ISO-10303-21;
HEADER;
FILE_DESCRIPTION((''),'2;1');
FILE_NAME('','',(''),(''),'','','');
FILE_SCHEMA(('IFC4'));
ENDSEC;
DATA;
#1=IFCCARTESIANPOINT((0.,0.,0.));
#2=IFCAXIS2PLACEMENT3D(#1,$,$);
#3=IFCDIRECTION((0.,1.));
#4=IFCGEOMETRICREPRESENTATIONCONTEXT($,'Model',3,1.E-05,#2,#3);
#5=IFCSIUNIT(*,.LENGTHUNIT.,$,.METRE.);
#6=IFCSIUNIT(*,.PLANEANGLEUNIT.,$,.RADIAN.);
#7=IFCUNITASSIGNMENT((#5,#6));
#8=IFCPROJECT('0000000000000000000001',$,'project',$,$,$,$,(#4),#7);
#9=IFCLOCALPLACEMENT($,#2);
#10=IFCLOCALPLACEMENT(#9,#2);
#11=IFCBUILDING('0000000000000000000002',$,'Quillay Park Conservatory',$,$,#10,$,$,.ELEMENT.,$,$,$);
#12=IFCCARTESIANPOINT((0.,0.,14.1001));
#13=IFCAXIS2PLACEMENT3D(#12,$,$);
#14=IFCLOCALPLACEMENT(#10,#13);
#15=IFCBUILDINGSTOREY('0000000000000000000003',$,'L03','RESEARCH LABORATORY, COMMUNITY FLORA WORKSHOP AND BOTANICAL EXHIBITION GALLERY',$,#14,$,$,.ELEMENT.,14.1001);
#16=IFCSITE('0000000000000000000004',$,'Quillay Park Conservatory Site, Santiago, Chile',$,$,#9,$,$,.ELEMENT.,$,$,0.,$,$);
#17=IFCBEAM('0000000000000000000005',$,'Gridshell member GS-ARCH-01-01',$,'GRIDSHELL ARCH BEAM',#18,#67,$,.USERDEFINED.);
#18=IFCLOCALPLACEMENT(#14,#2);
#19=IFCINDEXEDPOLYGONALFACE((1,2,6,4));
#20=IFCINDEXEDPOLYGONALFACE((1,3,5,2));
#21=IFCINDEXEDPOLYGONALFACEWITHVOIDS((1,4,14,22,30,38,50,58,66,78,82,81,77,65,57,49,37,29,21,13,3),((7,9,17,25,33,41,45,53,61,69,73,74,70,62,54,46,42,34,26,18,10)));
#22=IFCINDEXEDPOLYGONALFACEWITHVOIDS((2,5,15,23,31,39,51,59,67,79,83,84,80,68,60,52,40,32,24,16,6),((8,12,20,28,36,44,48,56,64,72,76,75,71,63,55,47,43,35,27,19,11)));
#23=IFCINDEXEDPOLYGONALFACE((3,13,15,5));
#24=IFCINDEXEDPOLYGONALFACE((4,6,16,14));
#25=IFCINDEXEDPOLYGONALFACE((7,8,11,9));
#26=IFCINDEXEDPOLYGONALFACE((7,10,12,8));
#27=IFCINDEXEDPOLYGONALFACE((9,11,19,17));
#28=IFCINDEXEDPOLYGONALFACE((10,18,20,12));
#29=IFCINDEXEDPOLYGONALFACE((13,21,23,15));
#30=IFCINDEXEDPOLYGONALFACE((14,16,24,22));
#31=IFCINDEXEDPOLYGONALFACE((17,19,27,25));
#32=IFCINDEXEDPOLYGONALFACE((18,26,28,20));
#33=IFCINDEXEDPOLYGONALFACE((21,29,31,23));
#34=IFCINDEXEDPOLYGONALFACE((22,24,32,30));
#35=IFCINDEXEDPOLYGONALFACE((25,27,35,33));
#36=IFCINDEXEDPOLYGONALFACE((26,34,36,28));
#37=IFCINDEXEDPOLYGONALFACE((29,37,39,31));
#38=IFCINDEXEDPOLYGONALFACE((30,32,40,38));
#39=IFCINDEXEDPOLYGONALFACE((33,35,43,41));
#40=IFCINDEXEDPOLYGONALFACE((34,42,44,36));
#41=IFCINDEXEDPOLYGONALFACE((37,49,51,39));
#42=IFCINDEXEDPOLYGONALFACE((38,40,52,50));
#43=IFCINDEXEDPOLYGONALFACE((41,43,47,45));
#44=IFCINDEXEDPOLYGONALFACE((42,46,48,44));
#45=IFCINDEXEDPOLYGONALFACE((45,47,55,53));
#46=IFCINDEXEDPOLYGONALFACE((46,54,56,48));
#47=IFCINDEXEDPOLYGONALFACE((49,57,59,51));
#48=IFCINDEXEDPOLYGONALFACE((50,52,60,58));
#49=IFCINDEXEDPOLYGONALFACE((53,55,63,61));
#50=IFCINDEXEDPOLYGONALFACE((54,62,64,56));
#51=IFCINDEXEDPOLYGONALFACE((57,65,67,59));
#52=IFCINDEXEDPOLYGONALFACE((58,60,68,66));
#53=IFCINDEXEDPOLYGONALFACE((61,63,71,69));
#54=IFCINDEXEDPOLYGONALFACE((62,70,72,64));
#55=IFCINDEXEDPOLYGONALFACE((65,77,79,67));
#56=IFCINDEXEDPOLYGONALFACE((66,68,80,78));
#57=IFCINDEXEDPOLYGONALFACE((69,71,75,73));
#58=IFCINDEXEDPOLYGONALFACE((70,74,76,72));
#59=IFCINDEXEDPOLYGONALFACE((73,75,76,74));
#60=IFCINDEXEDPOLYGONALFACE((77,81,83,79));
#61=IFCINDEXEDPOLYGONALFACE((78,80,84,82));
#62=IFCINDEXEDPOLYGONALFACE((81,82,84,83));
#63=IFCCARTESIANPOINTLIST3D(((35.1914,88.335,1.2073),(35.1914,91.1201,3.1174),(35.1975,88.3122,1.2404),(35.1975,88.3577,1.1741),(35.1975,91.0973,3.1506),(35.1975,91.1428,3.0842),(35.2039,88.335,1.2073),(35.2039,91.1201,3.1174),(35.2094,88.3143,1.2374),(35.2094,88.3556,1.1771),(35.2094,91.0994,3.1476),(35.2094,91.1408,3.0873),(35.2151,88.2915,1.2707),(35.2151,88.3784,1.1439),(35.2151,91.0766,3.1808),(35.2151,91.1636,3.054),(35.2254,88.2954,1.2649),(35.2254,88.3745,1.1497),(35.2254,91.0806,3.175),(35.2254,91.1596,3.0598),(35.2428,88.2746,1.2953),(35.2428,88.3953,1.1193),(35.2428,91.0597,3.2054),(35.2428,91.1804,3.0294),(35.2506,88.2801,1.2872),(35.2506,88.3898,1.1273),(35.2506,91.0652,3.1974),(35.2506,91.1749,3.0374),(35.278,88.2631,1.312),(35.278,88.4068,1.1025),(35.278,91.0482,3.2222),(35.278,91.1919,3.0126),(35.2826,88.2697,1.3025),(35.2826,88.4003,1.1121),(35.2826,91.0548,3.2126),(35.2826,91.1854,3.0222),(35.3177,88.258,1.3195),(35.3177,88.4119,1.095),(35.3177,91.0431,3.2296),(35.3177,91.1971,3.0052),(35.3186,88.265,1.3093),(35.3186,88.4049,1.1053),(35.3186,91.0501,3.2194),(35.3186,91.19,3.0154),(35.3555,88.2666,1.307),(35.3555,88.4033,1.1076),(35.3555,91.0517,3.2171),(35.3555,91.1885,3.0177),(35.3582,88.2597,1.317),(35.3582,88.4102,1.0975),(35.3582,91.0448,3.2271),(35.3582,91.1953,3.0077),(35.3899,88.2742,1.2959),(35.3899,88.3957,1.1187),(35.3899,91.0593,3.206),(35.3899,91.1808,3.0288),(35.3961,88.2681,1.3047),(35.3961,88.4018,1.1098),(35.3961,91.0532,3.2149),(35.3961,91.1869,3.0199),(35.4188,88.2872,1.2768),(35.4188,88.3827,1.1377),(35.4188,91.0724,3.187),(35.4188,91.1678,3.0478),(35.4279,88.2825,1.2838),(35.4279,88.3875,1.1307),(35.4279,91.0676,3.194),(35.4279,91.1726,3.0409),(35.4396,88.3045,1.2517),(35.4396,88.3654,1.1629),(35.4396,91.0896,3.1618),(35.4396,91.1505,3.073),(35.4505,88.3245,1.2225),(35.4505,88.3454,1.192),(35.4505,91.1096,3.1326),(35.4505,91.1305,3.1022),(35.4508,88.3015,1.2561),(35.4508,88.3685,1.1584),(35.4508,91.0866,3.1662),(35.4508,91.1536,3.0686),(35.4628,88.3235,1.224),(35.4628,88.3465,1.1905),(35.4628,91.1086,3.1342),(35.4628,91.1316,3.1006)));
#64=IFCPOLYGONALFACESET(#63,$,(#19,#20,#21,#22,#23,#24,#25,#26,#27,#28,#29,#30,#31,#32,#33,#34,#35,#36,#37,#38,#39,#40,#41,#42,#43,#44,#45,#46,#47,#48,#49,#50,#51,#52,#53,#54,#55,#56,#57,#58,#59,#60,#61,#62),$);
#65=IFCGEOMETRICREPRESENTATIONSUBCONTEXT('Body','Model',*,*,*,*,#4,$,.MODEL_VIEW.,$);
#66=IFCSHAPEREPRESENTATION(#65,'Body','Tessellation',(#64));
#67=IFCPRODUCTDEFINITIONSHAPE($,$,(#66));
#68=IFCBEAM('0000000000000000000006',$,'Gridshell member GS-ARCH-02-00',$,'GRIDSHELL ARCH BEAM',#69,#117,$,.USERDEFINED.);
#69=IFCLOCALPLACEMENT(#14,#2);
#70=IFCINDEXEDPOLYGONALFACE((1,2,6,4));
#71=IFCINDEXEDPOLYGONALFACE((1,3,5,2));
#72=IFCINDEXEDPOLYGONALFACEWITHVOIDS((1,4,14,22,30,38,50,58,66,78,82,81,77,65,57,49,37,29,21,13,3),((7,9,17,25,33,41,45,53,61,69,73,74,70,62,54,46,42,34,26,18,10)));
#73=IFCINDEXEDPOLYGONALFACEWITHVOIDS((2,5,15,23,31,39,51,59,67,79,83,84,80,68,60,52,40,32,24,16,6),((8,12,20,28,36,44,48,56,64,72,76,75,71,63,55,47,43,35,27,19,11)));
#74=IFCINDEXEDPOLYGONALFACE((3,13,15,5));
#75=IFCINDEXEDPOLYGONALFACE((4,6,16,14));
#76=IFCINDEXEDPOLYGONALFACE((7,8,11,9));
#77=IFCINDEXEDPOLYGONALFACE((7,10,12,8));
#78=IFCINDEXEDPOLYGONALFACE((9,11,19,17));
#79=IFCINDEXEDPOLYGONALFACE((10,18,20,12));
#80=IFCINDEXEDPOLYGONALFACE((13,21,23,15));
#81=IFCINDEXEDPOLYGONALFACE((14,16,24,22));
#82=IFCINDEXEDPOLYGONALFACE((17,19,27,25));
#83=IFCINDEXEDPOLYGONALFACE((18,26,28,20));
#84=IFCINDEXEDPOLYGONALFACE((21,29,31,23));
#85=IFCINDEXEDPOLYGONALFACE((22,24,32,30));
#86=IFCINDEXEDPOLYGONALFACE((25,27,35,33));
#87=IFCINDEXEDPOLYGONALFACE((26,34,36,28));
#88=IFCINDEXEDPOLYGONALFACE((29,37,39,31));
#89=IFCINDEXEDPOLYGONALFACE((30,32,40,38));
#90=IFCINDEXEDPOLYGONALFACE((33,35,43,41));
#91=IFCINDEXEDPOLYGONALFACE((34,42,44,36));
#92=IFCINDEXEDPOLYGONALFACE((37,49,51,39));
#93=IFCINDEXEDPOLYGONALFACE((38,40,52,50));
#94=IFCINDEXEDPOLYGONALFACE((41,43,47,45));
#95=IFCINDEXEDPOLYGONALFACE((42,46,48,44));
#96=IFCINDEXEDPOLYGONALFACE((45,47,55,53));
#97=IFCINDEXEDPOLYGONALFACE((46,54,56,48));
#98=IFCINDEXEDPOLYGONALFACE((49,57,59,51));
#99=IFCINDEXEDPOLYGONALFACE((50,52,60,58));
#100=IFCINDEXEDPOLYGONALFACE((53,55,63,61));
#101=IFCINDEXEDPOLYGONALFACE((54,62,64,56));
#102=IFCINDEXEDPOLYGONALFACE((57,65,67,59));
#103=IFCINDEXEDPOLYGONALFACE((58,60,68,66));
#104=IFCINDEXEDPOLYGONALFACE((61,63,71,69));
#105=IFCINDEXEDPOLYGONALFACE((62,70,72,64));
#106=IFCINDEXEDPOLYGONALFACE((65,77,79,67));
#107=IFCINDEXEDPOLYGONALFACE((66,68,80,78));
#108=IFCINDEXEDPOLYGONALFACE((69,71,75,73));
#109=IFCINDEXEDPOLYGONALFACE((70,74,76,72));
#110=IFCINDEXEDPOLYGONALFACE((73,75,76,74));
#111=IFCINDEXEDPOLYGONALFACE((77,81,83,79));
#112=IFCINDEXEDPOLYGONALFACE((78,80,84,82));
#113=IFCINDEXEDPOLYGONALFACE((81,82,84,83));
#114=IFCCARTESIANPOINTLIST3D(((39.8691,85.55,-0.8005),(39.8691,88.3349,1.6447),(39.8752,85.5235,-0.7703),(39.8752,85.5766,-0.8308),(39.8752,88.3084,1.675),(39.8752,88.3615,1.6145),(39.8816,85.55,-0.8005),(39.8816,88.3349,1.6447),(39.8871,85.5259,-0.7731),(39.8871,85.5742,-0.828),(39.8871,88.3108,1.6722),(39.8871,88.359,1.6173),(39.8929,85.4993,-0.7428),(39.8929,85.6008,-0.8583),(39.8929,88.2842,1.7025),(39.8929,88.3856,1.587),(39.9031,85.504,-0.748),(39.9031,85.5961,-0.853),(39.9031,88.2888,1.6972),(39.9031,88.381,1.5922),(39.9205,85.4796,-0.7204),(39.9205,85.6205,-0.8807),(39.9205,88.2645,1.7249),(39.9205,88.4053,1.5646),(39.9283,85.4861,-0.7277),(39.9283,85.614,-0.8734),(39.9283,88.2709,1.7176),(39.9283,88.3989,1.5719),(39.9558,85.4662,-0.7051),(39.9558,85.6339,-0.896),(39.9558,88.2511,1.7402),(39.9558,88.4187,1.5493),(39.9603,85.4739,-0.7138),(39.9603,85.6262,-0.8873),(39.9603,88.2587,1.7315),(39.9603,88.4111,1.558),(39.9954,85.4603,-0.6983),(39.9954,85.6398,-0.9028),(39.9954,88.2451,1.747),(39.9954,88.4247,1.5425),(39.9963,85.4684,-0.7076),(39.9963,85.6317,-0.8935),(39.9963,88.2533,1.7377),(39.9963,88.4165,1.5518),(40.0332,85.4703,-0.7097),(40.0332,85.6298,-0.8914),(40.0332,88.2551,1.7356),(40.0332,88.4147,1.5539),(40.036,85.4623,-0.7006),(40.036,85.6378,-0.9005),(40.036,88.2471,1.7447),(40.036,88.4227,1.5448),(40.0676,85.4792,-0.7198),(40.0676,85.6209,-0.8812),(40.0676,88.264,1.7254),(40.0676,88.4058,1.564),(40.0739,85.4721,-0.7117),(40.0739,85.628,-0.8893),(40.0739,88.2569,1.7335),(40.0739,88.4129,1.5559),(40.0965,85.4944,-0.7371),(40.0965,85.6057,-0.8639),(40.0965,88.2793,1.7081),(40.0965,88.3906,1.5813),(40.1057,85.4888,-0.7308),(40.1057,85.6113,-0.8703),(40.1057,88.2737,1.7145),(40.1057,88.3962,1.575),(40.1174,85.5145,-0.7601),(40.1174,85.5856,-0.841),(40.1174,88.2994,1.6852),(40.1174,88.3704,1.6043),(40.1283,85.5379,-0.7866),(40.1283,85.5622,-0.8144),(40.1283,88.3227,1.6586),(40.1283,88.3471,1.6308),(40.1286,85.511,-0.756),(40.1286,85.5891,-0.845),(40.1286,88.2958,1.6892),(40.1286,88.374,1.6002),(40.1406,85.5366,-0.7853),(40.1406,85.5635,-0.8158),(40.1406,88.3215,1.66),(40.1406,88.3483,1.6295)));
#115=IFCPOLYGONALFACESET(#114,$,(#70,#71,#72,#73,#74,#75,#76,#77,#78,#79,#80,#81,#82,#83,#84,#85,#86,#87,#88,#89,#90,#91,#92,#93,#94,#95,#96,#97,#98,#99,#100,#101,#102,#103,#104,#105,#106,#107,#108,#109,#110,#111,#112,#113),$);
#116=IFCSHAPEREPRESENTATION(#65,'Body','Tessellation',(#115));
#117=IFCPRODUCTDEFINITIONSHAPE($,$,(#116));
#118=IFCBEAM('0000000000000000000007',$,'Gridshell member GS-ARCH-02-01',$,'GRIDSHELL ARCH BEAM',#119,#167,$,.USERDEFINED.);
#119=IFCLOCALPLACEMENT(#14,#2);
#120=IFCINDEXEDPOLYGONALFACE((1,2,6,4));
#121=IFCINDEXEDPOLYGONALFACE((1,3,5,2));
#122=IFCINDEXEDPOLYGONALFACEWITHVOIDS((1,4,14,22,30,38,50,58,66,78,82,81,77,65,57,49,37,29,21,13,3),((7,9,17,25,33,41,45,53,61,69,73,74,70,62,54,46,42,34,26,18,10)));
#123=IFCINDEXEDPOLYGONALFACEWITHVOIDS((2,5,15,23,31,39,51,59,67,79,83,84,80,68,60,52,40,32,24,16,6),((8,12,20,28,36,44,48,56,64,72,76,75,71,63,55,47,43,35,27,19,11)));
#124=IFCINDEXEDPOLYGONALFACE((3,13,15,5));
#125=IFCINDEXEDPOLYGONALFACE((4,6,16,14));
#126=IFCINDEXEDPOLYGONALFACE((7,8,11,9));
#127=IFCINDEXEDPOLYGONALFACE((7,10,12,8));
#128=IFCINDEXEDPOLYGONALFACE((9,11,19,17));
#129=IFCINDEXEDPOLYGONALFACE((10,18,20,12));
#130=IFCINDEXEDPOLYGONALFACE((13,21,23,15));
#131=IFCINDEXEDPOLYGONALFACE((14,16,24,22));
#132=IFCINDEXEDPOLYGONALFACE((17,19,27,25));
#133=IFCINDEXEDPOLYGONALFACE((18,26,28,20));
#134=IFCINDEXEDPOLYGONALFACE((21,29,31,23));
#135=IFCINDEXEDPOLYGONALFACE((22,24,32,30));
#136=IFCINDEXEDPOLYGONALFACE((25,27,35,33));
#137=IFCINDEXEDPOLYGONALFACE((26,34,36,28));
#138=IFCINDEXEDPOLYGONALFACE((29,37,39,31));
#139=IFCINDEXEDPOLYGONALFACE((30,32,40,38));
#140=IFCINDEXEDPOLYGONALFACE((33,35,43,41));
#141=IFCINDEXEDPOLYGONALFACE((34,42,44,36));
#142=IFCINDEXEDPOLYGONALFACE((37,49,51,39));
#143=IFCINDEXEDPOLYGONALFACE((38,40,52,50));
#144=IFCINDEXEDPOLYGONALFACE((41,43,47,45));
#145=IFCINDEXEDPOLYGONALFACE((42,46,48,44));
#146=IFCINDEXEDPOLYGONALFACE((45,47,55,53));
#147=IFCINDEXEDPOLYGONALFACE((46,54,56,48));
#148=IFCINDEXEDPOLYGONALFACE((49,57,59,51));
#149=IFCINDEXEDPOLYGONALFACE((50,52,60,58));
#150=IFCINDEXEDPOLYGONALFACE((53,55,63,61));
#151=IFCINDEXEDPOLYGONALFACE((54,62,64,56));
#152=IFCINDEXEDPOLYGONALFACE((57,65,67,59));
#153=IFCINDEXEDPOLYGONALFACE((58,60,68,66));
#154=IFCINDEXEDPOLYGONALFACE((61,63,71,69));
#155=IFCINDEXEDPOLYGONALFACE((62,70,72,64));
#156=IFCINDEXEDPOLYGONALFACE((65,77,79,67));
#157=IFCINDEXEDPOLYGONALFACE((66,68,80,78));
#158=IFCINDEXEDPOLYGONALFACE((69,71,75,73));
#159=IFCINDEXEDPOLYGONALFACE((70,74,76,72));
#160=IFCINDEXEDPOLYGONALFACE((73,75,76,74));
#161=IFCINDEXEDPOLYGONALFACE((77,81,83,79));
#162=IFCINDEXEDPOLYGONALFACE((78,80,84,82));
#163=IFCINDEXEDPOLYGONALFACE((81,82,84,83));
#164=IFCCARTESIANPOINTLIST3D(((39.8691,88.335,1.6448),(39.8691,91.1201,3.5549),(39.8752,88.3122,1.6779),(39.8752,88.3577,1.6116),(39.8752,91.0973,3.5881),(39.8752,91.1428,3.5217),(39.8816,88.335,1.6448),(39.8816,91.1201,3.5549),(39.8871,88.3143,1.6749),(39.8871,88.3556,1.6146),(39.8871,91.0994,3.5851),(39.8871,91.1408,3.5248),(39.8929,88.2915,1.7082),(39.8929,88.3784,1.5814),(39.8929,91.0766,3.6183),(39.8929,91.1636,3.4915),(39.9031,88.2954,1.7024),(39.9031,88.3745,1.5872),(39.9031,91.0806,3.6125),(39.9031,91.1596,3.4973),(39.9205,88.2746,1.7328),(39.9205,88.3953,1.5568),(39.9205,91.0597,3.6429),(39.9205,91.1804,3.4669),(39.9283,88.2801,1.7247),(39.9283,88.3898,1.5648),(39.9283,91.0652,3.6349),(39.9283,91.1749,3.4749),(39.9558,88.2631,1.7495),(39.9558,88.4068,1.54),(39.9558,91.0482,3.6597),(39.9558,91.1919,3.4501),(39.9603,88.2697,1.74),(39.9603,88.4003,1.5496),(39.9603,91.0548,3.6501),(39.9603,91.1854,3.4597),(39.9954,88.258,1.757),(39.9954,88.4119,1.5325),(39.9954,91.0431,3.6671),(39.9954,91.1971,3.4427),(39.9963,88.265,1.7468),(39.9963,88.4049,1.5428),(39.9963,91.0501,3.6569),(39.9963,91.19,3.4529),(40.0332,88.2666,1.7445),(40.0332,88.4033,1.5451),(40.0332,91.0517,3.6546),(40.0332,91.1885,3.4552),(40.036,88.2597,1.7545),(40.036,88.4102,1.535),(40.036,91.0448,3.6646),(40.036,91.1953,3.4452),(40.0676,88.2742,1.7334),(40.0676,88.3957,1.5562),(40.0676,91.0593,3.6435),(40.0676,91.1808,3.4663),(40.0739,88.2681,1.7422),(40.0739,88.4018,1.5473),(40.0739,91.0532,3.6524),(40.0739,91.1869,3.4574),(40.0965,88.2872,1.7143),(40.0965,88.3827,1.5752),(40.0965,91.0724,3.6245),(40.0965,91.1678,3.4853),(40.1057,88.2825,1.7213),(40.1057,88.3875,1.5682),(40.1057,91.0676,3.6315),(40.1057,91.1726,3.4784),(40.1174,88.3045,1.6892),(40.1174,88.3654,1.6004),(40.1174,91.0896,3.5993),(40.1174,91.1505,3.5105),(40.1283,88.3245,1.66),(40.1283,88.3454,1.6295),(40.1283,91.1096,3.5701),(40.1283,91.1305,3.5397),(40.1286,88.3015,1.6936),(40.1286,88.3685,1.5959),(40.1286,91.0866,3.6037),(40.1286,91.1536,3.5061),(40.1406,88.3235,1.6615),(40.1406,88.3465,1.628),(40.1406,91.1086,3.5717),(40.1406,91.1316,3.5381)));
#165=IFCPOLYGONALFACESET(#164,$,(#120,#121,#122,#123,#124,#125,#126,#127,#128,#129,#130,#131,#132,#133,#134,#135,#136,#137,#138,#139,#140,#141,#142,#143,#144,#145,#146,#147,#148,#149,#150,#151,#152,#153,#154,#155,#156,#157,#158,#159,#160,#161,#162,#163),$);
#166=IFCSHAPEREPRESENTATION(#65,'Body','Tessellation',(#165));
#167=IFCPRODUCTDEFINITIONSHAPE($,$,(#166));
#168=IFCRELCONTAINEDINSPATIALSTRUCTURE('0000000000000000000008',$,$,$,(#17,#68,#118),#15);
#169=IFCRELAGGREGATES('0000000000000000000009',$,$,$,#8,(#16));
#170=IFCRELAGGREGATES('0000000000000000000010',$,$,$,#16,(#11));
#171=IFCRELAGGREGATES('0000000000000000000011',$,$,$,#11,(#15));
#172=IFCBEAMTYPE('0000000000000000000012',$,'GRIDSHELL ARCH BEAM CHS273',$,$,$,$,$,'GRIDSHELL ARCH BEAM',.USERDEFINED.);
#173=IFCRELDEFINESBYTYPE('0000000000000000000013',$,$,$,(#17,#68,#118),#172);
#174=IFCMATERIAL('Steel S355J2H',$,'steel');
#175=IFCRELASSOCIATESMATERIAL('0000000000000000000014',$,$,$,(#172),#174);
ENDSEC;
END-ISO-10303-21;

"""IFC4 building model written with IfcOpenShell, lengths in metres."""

from ifc_helpers import new_model, si_unit, direction, frame, origin, origin_2d, place, context, subcontext, project, spatial, hollow_circle, extrude, material, material_profile, profile_set, type_object, element, save


model = new_model("IFC4")

# Units and contexts
model_context = context("Model", 3, precision=1e-05, world=origin(), true_north=direction((0.0, 1.0)))
body_context = subcontext(model_context, "Body", "Model", "MODEL_VIEW")
ifc_project = project(units=[si_unit("LENGTHUNIT", "METRE"), si_unit("PLANEANGLEUNIT", "RADIAN")], contexts=[model_context])

# Site, building, storey
site_placement = place(None, origin())
site = spatial("IfcSite", under=ifc_project, at=site_placement, Name="Quillay Park Conservatory Site, Santiago, Chile", CompositionType="ELEMENT", RefElevation=0.0)
building_placement = place(site_placement, origin())
building = spatial("IfcBuilding", under=site, at=building_placement, Name="Quillay Park Conservatory", CompositionType="ELEMENT")
storey_placement = place(building_placement, frame((0.0, 0.0, 14.1001)))
storey = spatial("IfcBuildingStorey", under=building, at=storey_placement, Name="L03", Description="RESEARCH LABORATORY, COMMUNITY FLORA WORKSHOP AND BOTANICAL EXHIBITION GALLERY", CompositionType="ELEMENT", Elevation=14.1001)

# Beams
ifc_material_1 = material(Name="Steel S355J2H", Category="steel")
ifc_material_profile_1 = material_profile(ifc_material_1, hollow_circle(Radius=0.1365, WallThickness=0.0125, at=origin_2d()), Name="CHS273x12.5")
ifc_profile_set_1 = profile_set([ifc_material_profile_1], Name="Steel S355J2H")
beam_type = type_object("IfcBeamType", Name="GRIDSHELL ARCH BEAM CHS273", ElementType="GRIDSHELL ARCH BEAM", PredefinedType="USERDEFINED", material=ifc_profile_set_1)
beam_1_placement = place(storey_placement, frame((35.3279, 88.335, 1.2073), z_axis=(0.0, 0.824683, 0.565596), x_axis=(-1.0, 0.0, 0.0)))
element("IfcBeam", 1, at=beam_1_placement, inside=storey, type_object=beam_type, Name="Gridshell member GS-ARCH-01-01", ObjectType="GRIDSHELL ARCH BEAM", PredefinedType="USERDEFINED", context=body_context, shape_type="SweptSolid", body=[
    extrude(hollow_circle(Radius=0.1365, WallThickness=0.0125, at=origin_2d()), origin(), (0.0, 0.0, 1.0), 3.3772),
])
beam_2_placement = place(storey_placement, frame((40.0056, 85.55, -0.8005), z_axis=(0.0, 0.751437, 0.659805), x_axis=(-1.0, 0.0, 0.0)))
element("IfcBeam", 2, at=beam_2_placement, inside=storey, type_object=beam_type, Name="Gridshell member GS-ARCH-02-00", ObjectType="GRIDSHELL ARCH BEAM", PredefinedType="USERDEFINED", context=body_context, shape_type="SweptSolid", body=[
    extrude(hollow_circle(Radius=0.1365, WallThickness=0.0125, at=origin_2d()), origin(), (0.0, 0.0, 1.0), 3.7061),
])
beam_3_placement = place(storey_placement, frame((40.0056, 88.335, 1.6448), z_axis=(0.0, 0.824683, 0.565596), x_axis=(-1.0, 0.0, 0.0)))
element("IfcBeam", 3, at=beam_3_placement, inside=storey, type_object=beam_type, Name="Gridshell member GS-ARCH-02-01", ObjectType="GRIDSHELL ARCH BEAM", PredefinedType="USERDEFINED", context=body_context, shape_type="SweptSolid", body=[
    extrude(hollow_circle(Radius=0.1365, WallThickness=0.0125, at=origin_2d()), origin(), (0.0, 0.0, 1.0), 3.3772),
])

save(model, "model.ifc")
